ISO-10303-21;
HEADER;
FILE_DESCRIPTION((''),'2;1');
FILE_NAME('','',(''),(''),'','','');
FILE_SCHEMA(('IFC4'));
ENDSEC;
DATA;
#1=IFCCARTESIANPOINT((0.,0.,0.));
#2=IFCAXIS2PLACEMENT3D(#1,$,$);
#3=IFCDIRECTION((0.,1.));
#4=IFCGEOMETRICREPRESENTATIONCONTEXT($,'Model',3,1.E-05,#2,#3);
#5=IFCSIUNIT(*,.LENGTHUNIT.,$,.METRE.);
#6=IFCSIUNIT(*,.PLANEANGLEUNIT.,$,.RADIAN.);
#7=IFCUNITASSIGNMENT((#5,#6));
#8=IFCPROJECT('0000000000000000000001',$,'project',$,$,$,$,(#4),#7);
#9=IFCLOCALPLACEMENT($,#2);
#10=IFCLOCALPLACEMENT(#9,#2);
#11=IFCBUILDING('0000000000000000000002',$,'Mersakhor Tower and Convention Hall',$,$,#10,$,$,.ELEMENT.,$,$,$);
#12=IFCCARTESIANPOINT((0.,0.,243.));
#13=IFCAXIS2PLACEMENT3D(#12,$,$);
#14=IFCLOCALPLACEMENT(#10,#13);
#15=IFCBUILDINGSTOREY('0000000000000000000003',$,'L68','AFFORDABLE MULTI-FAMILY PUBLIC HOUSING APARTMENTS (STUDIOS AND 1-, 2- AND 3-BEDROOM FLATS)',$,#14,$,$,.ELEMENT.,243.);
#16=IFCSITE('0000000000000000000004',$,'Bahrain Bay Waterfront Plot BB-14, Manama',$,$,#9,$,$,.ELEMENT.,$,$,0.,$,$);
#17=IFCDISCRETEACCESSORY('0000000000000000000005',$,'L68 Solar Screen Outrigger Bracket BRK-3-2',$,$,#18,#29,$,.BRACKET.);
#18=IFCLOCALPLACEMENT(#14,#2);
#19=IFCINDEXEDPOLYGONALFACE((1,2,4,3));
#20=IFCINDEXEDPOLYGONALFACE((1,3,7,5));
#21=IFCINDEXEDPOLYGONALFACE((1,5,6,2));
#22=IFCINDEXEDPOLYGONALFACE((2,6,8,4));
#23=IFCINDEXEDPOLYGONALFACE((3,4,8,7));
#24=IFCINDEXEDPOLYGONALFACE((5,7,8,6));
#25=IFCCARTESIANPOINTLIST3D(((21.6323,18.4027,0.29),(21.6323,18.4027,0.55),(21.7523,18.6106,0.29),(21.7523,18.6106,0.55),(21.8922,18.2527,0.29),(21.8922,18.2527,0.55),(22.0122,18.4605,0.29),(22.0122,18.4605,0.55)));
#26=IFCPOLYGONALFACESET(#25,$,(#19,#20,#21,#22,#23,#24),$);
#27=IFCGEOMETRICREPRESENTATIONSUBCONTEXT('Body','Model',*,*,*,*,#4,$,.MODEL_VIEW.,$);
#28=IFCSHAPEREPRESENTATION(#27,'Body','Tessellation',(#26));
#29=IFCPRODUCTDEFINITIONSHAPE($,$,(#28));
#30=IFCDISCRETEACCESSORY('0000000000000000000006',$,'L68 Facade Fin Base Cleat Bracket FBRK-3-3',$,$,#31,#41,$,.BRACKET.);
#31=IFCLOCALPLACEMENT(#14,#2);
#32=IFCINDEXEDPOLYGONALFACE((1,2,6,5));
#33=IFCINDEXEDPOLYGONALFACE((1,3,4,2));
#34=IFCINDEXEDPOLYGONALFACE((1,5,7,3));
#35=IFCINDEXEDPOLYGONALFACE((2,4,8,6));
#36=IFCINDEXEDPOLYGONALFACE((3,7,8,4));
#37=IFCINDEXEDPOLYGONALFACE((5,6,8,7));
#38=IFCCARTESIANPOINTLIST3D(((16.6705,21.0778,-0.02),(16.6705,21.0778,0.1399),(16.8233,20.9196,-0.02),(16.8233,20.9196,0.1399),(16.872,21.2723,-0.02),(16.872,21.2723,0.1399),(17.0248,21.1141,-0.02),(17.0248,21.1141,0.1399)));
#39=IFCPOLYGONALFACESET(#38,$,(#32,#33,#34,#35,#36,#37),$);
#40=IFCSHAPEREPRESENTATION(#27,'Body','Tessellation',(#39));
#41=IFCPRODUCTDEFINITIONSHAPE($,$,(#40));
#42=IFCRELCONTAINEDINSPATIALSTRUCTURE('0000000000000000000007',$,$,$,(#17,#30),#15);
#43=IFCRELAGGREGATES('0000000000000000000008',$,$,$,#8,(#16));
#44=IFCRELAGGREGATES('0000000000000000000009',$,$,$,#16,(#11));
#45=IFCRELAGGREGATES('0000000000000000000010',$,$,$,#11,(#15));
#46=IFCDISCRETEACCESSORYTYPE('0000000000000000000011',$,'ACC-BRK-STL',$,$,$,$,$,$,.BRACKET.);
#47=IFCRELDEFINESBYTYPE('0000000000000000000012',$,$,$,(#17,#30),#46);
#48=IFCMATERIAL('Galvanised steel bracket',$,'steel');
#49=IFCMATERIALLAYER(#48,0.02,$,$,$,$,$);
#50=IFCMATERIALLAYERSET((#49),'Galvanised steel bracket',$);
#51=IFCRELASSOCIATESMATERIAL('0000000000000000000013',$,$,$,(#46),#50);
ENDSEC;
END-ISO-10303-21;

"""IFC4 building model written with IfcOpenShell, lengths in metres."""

from ifc_helpers import new_model, si_unit, direction, frame, origin, origin_2d, place, context, subcontext, project, spatial, rectangle, extrude, material, layer, layer_set, type_object, element, save


model = new_model("IFC4")

# Units and contexts
model_context = context("Model", 3, precision=1e-05, world=origin(), true_north=direction((0.0, 1.0)))
body_context = subcontext(model_context, "Body", "Model", "MODEL_VIEW")
ifc_project = project(units=[si_unit("LENGTHUNIT", "METRE"), si_unit("PLANEANGLEUNIT", "RADIAN")], contexts=[model_context])

# Site, building, storey
site_placement = place(None, origin())
site = spatial("IfcSite", under=ifc_project, at=site_placement, Name="Bahrain Bay Waterfront Plot BB-14, Manama", CompositionType="ELEMENT", RefElevation=0.0)
building_placement = place(site_placement, origin())
building = spatial("IfcBuilding", under=site, at=building_placement, Name="Mersakhor Tower and Convention Hall", CompositionType="ELEMENT")
storey_placement = place(building_placement, frame((0.0, 0.0, 243.0)))
storey = spatial("IfcBuildingStorey", under=building, at=storey_placement, Name="L68", Description="AFFORDABLE MULTI-FAMILY PUBLIC HOUSING APARTMENTS (STUDIOS AND 1-, 2- AND 3-BEDROOM FLATS)", CompositionType="ELEMENT", Elevation=243.0)

# Discrete accessories
ifc_material_1 = material(Name="Galvanised steel bracket", Category="steel")
ifc_layer_1 = layer(ifc_material_1, 0.02)
ifc_layer_set_1 = layer_set([ifc_layer_1], Name="Galvanised steel bracket")
discrete_accessory_type = type_object("IfcDiscreteAccessoryType", Name="ACC-BRK-STL", PredefinedType="BRACKET", material=ifc_layer_set_1)
discrete_accessory_1_placement = place(storey_placement, frame((21.8223, 18.4316, 0.29), z_axis=(0.0, 0.0, 1.0), x_axis=(-0.866025, 0.5, 0.0)))
element("IfcDiscreteAccessory", 1, at=discrete_accessory_1_placement, inside=storey, type_object=discrete_accessory_type, Name="L68 Solar Screen Outrigger Bracket BRK-3-2", PredefinedType="BRACKET", context=body_context, shape_type="SweptSolid", body=[
    extrude(rectangle(XDim=0.3, YDim=0.24, at=origin_2d()), origin(), (0.0, 0.0, 1.0), 0.26),
])
discrete_accessory_2_placement = place(storey_placement, frame((16.8477, 21.0959, -0.02), z_axis=(0.0, 0.0, 1.0), x_axis=(-0.71934, -0.694658, 0.0)))
element("IfcDiscreteAccessory", 2, at=discrete_accessory_2_placement, inside=storey, type_object=discrete_accessory_type, Name="L68 Facade Fin Base Cleat Bracket FBRK-3-3", PredefinedType="BRACKET", context=body_context, shape_type="SweptSolid", body=[
    extrude(rectangle(XDim=0.28, YDim=0.22, at=origin_2d()), origin(), (0.0, 0.0, 1.0), 0.1599),
])

save(model, "model.ifc")
